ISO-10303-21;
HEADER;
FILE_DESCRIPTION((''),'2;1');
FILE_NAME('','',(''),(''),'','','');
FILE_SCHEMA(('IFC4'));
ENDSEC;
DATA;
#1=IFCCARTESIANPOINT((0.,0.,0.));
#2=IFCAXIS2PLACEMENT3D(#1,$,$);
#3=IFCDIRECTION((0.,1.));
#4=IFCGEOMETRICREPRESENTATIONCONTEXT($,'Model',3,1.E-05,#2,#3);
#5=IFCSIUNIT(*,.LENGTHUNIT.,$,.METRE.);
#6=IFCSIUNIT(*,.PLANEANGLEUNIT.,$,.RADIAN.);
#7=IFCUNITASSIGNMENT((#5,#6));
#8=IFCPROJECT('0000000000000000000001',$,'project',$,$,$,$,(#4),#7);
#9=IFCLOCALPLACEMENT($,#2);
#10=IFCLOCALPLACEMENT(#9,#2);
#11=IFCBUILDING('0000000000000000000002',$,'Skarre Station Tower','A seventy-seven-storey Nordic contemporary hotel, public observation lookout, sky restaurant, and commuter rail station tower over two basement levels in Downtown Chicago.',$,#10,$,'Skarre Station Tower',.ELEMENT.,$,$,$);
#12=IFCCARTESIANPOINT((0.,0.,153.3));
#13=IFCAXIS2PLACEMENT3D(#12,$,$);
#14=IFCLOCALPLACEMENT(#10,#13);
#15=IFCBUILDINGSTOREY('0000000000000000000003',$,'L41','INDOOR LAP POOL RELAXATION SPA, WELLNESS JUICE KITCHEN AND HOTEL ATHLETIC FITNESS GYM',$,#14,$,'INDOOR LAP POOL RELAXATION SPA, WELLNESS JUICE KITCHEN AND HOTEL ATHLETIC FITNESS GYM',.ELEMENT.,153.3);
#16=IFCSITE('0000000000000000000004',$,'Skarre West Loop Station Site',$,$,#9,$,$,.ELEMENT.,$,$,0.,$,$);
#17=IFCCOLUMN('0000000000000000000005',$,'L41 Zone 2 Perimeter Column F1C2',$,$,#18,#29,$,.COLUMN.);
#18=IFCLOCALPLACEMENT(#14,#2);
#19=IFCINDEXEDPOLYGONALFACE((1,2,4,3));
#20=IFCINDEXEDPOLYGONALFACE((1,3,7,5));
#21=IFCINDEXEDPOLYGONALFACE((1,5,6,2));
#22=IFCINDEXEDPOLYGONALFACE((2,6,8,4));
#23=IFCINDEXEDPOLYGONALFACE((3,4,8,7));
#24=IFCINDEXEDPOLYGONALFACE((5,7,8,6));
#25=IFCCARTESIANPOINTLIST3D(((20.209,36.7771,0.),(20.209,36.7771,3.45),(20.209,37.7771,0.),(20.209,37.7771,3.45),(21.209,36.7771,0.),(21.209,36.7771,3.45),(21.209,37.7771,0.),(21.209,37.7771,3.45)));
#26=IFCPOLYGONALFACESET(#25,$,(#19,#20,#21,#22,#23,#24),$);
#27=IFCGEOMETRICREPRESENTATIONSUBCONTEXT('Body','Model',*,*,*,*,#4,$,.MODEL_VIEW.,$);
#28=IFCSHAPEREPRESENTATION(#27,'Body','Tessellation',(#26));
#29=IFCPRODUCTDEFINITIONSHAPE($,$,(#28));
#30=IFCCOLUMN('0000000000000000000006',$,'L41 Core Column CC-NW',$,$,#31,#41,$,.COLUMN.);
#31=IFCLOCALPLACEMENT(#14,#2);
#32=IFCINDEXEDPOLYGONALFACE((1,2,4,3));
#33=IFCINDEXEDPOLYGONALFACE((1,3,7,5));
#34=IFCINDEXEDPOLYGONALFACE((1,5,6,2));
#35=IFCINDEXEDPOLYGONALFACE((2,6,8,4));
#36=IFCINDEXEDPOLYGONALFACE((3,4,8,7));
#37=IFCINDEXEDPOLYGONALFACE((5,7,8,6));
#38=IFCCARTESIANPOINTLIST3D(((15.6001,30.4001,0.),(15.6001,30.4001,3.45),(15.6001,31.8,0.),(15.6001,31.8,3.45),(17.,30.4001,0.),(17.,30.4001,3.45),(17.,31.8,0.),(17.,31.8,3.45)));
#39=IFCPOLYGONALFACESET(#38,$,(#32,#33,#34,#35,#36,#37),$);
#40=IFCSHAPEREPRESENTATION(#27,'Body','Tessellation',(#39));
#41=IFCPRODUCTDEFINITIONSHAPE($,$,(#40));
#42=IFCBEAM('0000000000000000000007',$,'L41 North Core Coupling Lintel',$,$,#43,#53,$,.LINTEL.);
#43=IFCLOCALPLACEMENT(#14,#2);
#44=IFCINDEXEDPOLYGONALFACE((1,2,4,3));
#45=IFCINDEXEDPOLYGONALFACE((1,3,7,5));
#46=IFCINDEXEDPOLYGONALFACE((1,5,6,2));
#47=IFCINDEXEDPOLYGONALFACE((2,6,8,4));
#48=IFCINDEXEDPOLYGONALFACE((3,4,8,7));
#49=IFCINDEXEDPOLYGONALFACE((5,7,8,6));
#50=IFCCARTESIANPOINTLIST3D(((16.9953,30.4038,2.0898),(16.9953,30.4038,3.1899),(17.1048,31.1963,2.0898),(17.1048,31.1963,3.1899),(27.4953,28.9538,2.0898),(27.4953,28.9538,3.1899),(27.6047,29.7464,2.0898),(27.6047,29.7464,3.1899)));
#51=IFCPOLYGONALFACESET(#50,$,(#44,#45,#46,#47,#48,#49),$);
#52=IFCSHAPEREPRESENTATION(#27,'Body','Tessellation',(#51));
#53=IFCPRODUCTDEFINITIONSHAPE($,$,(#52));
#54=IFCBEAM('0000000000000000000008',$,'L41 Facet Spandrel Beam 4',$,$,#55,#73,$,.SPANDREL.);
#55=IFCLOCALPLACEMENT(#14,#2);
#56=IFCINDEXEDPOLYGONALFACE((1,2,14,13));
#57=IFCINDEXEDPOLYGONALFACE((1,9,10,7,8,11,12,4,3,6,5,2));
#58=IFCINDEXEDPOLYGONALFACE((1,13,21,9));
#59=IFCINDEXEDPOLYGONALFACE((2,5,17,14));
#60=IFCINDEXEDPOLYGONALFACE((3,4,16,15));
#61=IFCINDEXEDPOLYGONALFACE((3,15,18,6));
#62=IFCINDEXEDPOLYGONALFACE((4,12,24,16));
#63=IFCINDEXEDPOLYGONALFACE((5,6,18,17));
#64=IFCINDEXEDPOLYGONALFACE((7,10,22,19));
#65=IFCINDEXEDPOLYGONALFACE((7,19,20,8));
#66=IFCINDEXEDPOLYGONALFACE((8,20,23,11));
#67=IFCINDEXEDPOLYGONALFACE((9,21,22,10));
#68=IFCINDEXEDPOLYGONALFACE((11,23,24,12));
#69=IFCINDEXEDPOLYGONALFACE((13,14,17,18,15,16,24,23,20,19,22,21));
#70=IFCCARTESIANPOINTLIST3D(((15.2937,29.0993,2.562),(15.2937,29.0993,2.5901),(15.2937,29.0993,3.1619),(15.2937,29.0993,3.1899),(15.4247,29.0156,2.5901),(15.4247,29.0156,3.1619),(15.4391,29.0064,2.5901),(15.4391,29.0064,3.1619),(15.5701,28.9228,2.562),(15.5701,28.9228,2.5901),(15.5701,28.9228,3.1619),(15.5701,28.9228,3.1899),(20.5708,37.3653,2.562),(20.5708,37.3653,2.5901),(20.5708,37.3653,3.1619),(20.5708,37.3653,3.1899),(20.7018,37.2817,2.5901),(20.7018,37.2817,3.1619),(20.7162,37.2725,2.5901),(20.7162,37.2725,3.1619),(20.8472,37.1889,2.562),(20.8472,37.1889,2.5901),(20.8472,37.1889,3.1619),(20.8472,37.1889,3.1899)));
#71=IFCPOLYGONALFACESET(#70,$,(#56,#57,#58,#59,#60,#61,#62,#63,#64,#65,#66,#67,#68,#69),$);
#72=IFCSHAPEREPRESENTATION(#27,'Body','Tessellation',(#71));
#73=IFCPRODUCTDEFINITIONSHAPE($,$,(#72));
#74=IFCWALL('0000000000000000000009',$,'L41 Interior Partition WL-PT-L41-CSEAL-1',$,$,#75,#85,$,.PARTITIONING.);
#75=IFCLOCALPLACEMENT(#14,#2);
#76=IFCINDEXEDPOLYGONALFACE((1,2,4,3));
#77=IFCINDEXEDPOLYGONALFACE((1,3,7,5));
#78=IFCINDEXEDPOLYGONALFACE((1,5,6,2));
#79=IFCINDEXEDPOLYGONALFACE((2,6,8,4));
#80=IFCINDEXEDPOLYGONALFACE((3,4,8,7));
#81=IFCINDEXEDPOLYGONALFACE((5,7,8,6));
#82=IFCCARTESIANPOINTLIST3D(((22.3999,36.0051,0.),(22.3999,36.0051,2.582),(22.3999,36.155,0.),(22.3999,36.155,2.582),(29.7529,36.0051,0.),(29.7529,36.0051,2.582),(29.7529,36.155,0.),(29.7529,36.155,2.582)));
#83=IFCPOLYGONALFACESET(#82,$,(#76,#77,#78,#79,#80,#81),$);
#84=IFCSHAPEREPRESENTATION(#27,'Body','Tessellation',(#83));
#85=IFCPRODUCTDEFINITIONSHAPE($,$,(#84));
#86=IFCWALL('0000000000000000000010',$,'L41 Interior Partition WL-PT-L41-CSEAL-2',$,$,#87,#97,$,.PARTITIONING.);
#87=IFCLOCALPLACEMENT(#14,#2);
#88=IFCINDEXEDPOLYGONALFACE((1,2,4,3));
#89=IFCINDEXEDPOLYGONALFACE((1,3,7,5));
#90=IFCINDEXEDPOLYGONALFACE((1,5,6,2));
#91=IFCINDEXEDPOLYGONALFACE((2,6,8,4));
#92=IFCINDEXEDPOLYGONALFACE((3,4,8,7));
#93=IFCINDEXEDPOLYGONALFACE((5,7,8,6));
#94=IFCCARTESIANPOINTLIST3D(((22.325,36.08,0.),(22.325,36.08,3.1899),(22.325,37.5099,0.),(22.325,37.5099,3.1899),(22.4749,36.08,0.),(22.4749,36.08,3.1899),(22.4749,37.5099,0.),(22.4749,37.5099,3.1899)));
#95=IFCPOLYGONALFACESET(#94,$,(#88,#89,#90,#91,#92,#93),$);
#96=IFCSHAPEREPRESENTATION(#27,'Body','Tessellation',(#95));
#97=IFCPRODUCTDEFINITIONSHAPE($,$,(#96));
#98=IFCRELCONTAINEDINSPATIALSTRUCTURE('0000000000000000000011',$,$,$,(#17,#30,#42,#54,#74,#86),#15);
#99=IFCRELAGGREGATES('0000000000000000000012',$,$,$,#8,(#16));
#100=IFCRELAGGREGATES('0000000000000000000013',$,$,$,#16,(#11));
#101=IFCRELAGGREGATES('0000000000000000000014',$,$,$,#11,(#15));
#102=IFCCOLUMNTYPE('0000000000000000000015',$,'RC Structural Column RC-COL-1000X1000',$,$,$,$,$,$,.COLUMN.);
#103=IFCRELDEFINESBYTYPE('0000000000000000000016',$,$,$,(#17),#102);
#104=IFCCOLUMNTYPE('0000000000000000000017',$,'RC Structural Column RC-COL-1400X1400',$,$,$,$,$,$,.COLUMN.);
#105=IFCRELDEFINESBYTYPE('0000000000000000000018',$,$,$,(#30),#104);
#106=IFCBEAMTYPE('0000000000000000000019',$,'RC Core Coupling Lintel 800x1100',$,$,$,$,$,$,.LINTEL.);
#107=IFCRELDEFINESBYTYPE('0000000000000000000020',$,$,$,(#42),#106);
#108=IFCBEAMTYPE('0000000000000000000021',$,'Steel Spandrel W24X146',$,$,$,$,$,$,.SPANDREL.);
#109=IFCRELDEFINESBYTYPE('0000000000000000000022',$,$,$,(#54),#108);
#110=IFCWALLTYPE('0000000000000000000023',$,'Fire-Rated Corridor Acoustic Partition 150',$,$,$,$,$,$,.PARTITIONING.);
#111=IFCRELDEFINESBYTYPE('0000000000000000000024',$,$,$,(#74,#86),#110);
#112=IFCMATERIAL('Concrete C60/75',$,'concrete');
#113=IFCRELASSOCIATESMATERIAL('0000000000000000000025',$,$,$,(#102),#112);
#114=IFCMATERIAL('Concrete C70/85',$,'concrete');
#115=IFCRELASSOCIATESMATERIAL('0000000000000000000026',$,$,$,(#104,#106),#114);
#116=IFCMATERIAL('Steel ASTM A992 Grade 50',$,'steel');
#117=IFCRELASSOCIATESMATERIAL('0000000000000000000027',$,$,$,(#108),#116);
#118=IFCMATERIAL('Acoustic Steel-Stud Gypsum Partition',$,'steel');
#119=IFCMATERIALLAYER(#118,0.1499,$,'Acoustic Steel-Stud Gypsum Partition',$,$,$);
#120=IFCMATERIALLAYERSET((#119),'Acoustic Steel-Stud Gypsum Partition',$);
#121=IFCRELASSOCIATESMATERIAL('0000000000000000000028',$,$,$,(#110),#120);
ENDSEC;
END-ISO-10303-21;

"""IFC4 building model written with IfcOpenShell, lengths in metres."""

from ifc_helpers import new_model, si_unit, direction, frame, frame_2d, origin, origin_2d, place, context, subcontext, project, spatial, rectangle, i_section, extrude, material, layer, layer_set, material_profile, profile_set, type_object, element, save


model = new_model("IFC4")

# Units and contexts
model_context = context("Model", 3, precision=1e-05, world=origin(), true_north=direction((0.0, 1.0)))
body_context = subcontext(model_context, "Body", "Model", "MODEL_VIEW")
ifc_project = project(units=[si_unit("LENGTHUNIT", "METRE"), si_unit("PLANEANGLEUNIT", "RADIAN")], contexts=[model_context])

# Site, building, storey
site_placement = place(None, origin())
site = spatial("IfcSite", under=ifc_project, at=site_placement, Name="Skarre West Loop Station Site", CompositionType="ELEMENT", RefElevation=0.0)
building_placement = place(site_placement, origin())
building = spatial("IfcBuilding", under=site, at=building_placement, Name="Skarre Station Tower", Description="A seventy-seven-storey Nordic contemporary hotel, public observation lookout, sky restaurant, and commuter rail station tower over two basement levels in Downtown Chicago.", LongName="Skarre Station Tower", CompositionType="ELEMENT")
storey_placement = place(building_placement, frame((0.0, 0.0, 153.3)))
storey = spatial("IfcBuildingStorey", under=building, at=storey_placement, Name="L41", Description="INDOOR LAP POOL RELAXATION SPA, WELLNESS JUICE KITCHEN AND HOTEL ATHLETIC FITNESS GYM", LongName="INDOOR LAP POOL RELAXATION SPA, WELLNESS JUICE KITCHEN AND HOTEL ATHLETIC FITNESS GYM", CompositionType="ELEMENT", Elevation=153.3)

# Columns
ifc_material_1 = material(Name="Concrete C60/75", Category="concrete")
ifc_material_profile_1 = material_profile(ifc_material_1, rectangle(XDim=1.0, YDim=1.0, at=origin_2d()), Name="Concrete C60/75")
ifc_profile_set_1 = profile_set([ifc_material_profile_1], Name="Concrete C60/75")
column_type_1 = type_object("IfcColumnType", Name="RC Structural Column RC-COL-1000X1000", PredefinedType="COLUMN", material=ifc_profile_set_1)
column_1_placement = place(storey_placement, frame((20.709, 37.2771, 0.0), z_axis=(0.0, 0.0, 1.0), x_axis=(1.0, 0.0, 0.0)))
element("IfcColumn", 1, at=column_1_placement, inside=storey, type_object=column_type_1, Name="L41 Zone 2 Perimeter Column F1C2", PredefinedType="COLUMN", context=body_context, shape_type="SweptSolid", body=[
    extrude(rectangle(XDim=1.0, YDim=1.0, at=origin_2d()), origin(), (0.0, 0.0, 1.0), 3.45),
])
ifc_material_2 = material(Name="Concrete C70/85", Category="concrete")
ifc_material_profile_2 = material_profile(ifc_material_2, rectangle(XDim=1.3999, YDim=1.3999, at=origin_2d()), Name="Concrete C70/85")
ifc_profile_set_2 = profile_set([ifc_material_profile_2], Name="Concrete C70/85")
column_type_2 = type_object("IfcColumnType", Name="RC Structural Column RC-COL-1400X1400", PredefinedType="COLUMN", material=ifc_profile_set_2)
column_2_placement = place(storey_placement, frame((16.3, 31.1001, 0.0), z_axis=(0.0, 0.0, 1.0), x_axis=(1.0, 0.0, 0.0)))
element("IfcColumn", 2, at=column_2_placement, inside=storey, type_object=column_type_2, Name="L41 Core Column CC-NW", PredefinedType="COLUMN", context=body_context, shape_type="SweptSolid", body=[
    extrude(rectangle(XDim=1.3999, YDim=1.3999, at=origin_2d()), origin(), (0.0, 0.0, 1.0), 3.45),
])

# Beams
ifc_material_profile_3 = material_profile(ifc_material_2, rectangle(XDim=0.8, YDim=1.1001, at=origin_2d()), Name="Concrete C70/85")
ifc_profile_set_3 = profile_set([ifc_material_profile_3], Name="Concrete C70/85")
beam_type_1 = type_object("IfcBeamType", Name="RC Core Coupling Lintel 800x1100", PredefinedType="LINTEL", material=ifc_profile_set_3)
beam_1_placement = place(storey_placement, frame((17.05, 30.8, 2.6399), z_axis=(0.9906, -0.136792, 0.0), x_axis=(0.136792, 0.9906, 0.0)))
element("IfcBeam", 3, at=beam_1_placement, inside=storey, type_object=beam_type_1, Name="L41 North Core Coupling Lintel", PredefinedType="LINTEL", context=body_context, shape_type="SweptSolid", body=[
    extrude(rectangle(XDim=0.8, YDim=1.1001, at=origin_2d()), origin(), (0.0, 0.0, 1.0), 10.5996),
])
ifc_material_3 = material(Name="Steel ASTM A992 Grade 50", Category="steel")
ifc_material_profile_4 = material_profile(ifc_material_3, i_section(OverallWidth=0.3279, OverallDepth=0.6279, WebThickness=0.0171, FlangeThickness=0.0281, at=origin_2d()), Name="Steel ASTM A992 Grade 50")
ifc_profile_set_4 = profile_set([ifc_material_profile_4], Name="Steel ASTM A992 Grade 50")
beam_type_2 = type_object("IfcBeamType", Name="Steel Spandrel W24X146", PredefinedType="SPANDREL", material=ifc_profile_set_4)
beam_2_placement = place(storey_placement, frame((20.709, 37.2771, 2.876), z_axis=(-0.538098, -0.842883, 0.0), x_axis=(0.842883, -0.538098, 0.0)))
element("IfcBeam", 4, at=beam_2_placement, inside=storey, type_object=beam_type_2, Name="L41 Facet Spandrel Beam 4", PredefinedType="SPANDREL", context=body_context, shape_type="SweptSolid", body=[
    extrude(i_section(OverallWidth=0.3279, OverallDepth=0.6279, WebThickness=0.0171, FlangeThickness=0.0281, at=origin_2d()), origin(), (0.0, 0.0, 1.0), 9.8069),
])

# Walls
ifc_material_4 = material(Name="Acoustic Steel-Stud Gypsum Partition", Category="steel")
ifc_layer_1 = layer(ifc_material_4, 0.1499, Name="Acoustic Steel-Stud Gypsum Partition")
ifc_layer_set_1 = layer_set([ifc_layer_1], Name="Acoustic Steel-Stud Gypsum Partition")
wall_type_1 = type_object("IfcWallType", Name="Fire-Rated Corridor Acoustic Partition 150", PredefinedType="PARTITIONING", material=ifc_layer_set_1)
wall_1_placement = place(storey_placement, frame((29.7529, 36.0801, 0.0), z_axis=(0.0, 0.0, 1.0), x_axis=(-1.0, 0.0, 0.0)))
element("IfcWall", 5, at=wall_1_placement, inside=storey, type_object=wall_type_1, Name="L41 Interior Partition WL-PT-L41-CSEAL-1", PredefinedType="PARTITIONING", context=body_context, shape_type="SweptSolid", body=[
    extrude(rectangle(XDim=7.353, YDim=0.1499, at=frame_2d((3.6765, 0.0))), origin(), (0.0, 0.0, 1.0), 2.582),
])
wall_2_placement = place(storey_placement, frame((22.3999, 36.0801, 0.0), z_axis=(0.0, 0.0, 1.0), x_axis=(0.0, 1.0, 0.0)))
element("IfcWall", 6, at=wall_2_placement, inside=storey, type_object=wall_type_1, Name="L41 Interior Partition WL-PT-L41-CSEAL-2", PredefinedType="PARTITIONING", context=body_context, shape_type="SweptSolid", body=[
    extrude(rectangle(XDim=1.4299, YDim=0.1499, at=frame_2d((0.7148, 0.0))), origin(), (0.0, 0.0, 1.0), 3.1899),
])

save(model, "model.ifc")
